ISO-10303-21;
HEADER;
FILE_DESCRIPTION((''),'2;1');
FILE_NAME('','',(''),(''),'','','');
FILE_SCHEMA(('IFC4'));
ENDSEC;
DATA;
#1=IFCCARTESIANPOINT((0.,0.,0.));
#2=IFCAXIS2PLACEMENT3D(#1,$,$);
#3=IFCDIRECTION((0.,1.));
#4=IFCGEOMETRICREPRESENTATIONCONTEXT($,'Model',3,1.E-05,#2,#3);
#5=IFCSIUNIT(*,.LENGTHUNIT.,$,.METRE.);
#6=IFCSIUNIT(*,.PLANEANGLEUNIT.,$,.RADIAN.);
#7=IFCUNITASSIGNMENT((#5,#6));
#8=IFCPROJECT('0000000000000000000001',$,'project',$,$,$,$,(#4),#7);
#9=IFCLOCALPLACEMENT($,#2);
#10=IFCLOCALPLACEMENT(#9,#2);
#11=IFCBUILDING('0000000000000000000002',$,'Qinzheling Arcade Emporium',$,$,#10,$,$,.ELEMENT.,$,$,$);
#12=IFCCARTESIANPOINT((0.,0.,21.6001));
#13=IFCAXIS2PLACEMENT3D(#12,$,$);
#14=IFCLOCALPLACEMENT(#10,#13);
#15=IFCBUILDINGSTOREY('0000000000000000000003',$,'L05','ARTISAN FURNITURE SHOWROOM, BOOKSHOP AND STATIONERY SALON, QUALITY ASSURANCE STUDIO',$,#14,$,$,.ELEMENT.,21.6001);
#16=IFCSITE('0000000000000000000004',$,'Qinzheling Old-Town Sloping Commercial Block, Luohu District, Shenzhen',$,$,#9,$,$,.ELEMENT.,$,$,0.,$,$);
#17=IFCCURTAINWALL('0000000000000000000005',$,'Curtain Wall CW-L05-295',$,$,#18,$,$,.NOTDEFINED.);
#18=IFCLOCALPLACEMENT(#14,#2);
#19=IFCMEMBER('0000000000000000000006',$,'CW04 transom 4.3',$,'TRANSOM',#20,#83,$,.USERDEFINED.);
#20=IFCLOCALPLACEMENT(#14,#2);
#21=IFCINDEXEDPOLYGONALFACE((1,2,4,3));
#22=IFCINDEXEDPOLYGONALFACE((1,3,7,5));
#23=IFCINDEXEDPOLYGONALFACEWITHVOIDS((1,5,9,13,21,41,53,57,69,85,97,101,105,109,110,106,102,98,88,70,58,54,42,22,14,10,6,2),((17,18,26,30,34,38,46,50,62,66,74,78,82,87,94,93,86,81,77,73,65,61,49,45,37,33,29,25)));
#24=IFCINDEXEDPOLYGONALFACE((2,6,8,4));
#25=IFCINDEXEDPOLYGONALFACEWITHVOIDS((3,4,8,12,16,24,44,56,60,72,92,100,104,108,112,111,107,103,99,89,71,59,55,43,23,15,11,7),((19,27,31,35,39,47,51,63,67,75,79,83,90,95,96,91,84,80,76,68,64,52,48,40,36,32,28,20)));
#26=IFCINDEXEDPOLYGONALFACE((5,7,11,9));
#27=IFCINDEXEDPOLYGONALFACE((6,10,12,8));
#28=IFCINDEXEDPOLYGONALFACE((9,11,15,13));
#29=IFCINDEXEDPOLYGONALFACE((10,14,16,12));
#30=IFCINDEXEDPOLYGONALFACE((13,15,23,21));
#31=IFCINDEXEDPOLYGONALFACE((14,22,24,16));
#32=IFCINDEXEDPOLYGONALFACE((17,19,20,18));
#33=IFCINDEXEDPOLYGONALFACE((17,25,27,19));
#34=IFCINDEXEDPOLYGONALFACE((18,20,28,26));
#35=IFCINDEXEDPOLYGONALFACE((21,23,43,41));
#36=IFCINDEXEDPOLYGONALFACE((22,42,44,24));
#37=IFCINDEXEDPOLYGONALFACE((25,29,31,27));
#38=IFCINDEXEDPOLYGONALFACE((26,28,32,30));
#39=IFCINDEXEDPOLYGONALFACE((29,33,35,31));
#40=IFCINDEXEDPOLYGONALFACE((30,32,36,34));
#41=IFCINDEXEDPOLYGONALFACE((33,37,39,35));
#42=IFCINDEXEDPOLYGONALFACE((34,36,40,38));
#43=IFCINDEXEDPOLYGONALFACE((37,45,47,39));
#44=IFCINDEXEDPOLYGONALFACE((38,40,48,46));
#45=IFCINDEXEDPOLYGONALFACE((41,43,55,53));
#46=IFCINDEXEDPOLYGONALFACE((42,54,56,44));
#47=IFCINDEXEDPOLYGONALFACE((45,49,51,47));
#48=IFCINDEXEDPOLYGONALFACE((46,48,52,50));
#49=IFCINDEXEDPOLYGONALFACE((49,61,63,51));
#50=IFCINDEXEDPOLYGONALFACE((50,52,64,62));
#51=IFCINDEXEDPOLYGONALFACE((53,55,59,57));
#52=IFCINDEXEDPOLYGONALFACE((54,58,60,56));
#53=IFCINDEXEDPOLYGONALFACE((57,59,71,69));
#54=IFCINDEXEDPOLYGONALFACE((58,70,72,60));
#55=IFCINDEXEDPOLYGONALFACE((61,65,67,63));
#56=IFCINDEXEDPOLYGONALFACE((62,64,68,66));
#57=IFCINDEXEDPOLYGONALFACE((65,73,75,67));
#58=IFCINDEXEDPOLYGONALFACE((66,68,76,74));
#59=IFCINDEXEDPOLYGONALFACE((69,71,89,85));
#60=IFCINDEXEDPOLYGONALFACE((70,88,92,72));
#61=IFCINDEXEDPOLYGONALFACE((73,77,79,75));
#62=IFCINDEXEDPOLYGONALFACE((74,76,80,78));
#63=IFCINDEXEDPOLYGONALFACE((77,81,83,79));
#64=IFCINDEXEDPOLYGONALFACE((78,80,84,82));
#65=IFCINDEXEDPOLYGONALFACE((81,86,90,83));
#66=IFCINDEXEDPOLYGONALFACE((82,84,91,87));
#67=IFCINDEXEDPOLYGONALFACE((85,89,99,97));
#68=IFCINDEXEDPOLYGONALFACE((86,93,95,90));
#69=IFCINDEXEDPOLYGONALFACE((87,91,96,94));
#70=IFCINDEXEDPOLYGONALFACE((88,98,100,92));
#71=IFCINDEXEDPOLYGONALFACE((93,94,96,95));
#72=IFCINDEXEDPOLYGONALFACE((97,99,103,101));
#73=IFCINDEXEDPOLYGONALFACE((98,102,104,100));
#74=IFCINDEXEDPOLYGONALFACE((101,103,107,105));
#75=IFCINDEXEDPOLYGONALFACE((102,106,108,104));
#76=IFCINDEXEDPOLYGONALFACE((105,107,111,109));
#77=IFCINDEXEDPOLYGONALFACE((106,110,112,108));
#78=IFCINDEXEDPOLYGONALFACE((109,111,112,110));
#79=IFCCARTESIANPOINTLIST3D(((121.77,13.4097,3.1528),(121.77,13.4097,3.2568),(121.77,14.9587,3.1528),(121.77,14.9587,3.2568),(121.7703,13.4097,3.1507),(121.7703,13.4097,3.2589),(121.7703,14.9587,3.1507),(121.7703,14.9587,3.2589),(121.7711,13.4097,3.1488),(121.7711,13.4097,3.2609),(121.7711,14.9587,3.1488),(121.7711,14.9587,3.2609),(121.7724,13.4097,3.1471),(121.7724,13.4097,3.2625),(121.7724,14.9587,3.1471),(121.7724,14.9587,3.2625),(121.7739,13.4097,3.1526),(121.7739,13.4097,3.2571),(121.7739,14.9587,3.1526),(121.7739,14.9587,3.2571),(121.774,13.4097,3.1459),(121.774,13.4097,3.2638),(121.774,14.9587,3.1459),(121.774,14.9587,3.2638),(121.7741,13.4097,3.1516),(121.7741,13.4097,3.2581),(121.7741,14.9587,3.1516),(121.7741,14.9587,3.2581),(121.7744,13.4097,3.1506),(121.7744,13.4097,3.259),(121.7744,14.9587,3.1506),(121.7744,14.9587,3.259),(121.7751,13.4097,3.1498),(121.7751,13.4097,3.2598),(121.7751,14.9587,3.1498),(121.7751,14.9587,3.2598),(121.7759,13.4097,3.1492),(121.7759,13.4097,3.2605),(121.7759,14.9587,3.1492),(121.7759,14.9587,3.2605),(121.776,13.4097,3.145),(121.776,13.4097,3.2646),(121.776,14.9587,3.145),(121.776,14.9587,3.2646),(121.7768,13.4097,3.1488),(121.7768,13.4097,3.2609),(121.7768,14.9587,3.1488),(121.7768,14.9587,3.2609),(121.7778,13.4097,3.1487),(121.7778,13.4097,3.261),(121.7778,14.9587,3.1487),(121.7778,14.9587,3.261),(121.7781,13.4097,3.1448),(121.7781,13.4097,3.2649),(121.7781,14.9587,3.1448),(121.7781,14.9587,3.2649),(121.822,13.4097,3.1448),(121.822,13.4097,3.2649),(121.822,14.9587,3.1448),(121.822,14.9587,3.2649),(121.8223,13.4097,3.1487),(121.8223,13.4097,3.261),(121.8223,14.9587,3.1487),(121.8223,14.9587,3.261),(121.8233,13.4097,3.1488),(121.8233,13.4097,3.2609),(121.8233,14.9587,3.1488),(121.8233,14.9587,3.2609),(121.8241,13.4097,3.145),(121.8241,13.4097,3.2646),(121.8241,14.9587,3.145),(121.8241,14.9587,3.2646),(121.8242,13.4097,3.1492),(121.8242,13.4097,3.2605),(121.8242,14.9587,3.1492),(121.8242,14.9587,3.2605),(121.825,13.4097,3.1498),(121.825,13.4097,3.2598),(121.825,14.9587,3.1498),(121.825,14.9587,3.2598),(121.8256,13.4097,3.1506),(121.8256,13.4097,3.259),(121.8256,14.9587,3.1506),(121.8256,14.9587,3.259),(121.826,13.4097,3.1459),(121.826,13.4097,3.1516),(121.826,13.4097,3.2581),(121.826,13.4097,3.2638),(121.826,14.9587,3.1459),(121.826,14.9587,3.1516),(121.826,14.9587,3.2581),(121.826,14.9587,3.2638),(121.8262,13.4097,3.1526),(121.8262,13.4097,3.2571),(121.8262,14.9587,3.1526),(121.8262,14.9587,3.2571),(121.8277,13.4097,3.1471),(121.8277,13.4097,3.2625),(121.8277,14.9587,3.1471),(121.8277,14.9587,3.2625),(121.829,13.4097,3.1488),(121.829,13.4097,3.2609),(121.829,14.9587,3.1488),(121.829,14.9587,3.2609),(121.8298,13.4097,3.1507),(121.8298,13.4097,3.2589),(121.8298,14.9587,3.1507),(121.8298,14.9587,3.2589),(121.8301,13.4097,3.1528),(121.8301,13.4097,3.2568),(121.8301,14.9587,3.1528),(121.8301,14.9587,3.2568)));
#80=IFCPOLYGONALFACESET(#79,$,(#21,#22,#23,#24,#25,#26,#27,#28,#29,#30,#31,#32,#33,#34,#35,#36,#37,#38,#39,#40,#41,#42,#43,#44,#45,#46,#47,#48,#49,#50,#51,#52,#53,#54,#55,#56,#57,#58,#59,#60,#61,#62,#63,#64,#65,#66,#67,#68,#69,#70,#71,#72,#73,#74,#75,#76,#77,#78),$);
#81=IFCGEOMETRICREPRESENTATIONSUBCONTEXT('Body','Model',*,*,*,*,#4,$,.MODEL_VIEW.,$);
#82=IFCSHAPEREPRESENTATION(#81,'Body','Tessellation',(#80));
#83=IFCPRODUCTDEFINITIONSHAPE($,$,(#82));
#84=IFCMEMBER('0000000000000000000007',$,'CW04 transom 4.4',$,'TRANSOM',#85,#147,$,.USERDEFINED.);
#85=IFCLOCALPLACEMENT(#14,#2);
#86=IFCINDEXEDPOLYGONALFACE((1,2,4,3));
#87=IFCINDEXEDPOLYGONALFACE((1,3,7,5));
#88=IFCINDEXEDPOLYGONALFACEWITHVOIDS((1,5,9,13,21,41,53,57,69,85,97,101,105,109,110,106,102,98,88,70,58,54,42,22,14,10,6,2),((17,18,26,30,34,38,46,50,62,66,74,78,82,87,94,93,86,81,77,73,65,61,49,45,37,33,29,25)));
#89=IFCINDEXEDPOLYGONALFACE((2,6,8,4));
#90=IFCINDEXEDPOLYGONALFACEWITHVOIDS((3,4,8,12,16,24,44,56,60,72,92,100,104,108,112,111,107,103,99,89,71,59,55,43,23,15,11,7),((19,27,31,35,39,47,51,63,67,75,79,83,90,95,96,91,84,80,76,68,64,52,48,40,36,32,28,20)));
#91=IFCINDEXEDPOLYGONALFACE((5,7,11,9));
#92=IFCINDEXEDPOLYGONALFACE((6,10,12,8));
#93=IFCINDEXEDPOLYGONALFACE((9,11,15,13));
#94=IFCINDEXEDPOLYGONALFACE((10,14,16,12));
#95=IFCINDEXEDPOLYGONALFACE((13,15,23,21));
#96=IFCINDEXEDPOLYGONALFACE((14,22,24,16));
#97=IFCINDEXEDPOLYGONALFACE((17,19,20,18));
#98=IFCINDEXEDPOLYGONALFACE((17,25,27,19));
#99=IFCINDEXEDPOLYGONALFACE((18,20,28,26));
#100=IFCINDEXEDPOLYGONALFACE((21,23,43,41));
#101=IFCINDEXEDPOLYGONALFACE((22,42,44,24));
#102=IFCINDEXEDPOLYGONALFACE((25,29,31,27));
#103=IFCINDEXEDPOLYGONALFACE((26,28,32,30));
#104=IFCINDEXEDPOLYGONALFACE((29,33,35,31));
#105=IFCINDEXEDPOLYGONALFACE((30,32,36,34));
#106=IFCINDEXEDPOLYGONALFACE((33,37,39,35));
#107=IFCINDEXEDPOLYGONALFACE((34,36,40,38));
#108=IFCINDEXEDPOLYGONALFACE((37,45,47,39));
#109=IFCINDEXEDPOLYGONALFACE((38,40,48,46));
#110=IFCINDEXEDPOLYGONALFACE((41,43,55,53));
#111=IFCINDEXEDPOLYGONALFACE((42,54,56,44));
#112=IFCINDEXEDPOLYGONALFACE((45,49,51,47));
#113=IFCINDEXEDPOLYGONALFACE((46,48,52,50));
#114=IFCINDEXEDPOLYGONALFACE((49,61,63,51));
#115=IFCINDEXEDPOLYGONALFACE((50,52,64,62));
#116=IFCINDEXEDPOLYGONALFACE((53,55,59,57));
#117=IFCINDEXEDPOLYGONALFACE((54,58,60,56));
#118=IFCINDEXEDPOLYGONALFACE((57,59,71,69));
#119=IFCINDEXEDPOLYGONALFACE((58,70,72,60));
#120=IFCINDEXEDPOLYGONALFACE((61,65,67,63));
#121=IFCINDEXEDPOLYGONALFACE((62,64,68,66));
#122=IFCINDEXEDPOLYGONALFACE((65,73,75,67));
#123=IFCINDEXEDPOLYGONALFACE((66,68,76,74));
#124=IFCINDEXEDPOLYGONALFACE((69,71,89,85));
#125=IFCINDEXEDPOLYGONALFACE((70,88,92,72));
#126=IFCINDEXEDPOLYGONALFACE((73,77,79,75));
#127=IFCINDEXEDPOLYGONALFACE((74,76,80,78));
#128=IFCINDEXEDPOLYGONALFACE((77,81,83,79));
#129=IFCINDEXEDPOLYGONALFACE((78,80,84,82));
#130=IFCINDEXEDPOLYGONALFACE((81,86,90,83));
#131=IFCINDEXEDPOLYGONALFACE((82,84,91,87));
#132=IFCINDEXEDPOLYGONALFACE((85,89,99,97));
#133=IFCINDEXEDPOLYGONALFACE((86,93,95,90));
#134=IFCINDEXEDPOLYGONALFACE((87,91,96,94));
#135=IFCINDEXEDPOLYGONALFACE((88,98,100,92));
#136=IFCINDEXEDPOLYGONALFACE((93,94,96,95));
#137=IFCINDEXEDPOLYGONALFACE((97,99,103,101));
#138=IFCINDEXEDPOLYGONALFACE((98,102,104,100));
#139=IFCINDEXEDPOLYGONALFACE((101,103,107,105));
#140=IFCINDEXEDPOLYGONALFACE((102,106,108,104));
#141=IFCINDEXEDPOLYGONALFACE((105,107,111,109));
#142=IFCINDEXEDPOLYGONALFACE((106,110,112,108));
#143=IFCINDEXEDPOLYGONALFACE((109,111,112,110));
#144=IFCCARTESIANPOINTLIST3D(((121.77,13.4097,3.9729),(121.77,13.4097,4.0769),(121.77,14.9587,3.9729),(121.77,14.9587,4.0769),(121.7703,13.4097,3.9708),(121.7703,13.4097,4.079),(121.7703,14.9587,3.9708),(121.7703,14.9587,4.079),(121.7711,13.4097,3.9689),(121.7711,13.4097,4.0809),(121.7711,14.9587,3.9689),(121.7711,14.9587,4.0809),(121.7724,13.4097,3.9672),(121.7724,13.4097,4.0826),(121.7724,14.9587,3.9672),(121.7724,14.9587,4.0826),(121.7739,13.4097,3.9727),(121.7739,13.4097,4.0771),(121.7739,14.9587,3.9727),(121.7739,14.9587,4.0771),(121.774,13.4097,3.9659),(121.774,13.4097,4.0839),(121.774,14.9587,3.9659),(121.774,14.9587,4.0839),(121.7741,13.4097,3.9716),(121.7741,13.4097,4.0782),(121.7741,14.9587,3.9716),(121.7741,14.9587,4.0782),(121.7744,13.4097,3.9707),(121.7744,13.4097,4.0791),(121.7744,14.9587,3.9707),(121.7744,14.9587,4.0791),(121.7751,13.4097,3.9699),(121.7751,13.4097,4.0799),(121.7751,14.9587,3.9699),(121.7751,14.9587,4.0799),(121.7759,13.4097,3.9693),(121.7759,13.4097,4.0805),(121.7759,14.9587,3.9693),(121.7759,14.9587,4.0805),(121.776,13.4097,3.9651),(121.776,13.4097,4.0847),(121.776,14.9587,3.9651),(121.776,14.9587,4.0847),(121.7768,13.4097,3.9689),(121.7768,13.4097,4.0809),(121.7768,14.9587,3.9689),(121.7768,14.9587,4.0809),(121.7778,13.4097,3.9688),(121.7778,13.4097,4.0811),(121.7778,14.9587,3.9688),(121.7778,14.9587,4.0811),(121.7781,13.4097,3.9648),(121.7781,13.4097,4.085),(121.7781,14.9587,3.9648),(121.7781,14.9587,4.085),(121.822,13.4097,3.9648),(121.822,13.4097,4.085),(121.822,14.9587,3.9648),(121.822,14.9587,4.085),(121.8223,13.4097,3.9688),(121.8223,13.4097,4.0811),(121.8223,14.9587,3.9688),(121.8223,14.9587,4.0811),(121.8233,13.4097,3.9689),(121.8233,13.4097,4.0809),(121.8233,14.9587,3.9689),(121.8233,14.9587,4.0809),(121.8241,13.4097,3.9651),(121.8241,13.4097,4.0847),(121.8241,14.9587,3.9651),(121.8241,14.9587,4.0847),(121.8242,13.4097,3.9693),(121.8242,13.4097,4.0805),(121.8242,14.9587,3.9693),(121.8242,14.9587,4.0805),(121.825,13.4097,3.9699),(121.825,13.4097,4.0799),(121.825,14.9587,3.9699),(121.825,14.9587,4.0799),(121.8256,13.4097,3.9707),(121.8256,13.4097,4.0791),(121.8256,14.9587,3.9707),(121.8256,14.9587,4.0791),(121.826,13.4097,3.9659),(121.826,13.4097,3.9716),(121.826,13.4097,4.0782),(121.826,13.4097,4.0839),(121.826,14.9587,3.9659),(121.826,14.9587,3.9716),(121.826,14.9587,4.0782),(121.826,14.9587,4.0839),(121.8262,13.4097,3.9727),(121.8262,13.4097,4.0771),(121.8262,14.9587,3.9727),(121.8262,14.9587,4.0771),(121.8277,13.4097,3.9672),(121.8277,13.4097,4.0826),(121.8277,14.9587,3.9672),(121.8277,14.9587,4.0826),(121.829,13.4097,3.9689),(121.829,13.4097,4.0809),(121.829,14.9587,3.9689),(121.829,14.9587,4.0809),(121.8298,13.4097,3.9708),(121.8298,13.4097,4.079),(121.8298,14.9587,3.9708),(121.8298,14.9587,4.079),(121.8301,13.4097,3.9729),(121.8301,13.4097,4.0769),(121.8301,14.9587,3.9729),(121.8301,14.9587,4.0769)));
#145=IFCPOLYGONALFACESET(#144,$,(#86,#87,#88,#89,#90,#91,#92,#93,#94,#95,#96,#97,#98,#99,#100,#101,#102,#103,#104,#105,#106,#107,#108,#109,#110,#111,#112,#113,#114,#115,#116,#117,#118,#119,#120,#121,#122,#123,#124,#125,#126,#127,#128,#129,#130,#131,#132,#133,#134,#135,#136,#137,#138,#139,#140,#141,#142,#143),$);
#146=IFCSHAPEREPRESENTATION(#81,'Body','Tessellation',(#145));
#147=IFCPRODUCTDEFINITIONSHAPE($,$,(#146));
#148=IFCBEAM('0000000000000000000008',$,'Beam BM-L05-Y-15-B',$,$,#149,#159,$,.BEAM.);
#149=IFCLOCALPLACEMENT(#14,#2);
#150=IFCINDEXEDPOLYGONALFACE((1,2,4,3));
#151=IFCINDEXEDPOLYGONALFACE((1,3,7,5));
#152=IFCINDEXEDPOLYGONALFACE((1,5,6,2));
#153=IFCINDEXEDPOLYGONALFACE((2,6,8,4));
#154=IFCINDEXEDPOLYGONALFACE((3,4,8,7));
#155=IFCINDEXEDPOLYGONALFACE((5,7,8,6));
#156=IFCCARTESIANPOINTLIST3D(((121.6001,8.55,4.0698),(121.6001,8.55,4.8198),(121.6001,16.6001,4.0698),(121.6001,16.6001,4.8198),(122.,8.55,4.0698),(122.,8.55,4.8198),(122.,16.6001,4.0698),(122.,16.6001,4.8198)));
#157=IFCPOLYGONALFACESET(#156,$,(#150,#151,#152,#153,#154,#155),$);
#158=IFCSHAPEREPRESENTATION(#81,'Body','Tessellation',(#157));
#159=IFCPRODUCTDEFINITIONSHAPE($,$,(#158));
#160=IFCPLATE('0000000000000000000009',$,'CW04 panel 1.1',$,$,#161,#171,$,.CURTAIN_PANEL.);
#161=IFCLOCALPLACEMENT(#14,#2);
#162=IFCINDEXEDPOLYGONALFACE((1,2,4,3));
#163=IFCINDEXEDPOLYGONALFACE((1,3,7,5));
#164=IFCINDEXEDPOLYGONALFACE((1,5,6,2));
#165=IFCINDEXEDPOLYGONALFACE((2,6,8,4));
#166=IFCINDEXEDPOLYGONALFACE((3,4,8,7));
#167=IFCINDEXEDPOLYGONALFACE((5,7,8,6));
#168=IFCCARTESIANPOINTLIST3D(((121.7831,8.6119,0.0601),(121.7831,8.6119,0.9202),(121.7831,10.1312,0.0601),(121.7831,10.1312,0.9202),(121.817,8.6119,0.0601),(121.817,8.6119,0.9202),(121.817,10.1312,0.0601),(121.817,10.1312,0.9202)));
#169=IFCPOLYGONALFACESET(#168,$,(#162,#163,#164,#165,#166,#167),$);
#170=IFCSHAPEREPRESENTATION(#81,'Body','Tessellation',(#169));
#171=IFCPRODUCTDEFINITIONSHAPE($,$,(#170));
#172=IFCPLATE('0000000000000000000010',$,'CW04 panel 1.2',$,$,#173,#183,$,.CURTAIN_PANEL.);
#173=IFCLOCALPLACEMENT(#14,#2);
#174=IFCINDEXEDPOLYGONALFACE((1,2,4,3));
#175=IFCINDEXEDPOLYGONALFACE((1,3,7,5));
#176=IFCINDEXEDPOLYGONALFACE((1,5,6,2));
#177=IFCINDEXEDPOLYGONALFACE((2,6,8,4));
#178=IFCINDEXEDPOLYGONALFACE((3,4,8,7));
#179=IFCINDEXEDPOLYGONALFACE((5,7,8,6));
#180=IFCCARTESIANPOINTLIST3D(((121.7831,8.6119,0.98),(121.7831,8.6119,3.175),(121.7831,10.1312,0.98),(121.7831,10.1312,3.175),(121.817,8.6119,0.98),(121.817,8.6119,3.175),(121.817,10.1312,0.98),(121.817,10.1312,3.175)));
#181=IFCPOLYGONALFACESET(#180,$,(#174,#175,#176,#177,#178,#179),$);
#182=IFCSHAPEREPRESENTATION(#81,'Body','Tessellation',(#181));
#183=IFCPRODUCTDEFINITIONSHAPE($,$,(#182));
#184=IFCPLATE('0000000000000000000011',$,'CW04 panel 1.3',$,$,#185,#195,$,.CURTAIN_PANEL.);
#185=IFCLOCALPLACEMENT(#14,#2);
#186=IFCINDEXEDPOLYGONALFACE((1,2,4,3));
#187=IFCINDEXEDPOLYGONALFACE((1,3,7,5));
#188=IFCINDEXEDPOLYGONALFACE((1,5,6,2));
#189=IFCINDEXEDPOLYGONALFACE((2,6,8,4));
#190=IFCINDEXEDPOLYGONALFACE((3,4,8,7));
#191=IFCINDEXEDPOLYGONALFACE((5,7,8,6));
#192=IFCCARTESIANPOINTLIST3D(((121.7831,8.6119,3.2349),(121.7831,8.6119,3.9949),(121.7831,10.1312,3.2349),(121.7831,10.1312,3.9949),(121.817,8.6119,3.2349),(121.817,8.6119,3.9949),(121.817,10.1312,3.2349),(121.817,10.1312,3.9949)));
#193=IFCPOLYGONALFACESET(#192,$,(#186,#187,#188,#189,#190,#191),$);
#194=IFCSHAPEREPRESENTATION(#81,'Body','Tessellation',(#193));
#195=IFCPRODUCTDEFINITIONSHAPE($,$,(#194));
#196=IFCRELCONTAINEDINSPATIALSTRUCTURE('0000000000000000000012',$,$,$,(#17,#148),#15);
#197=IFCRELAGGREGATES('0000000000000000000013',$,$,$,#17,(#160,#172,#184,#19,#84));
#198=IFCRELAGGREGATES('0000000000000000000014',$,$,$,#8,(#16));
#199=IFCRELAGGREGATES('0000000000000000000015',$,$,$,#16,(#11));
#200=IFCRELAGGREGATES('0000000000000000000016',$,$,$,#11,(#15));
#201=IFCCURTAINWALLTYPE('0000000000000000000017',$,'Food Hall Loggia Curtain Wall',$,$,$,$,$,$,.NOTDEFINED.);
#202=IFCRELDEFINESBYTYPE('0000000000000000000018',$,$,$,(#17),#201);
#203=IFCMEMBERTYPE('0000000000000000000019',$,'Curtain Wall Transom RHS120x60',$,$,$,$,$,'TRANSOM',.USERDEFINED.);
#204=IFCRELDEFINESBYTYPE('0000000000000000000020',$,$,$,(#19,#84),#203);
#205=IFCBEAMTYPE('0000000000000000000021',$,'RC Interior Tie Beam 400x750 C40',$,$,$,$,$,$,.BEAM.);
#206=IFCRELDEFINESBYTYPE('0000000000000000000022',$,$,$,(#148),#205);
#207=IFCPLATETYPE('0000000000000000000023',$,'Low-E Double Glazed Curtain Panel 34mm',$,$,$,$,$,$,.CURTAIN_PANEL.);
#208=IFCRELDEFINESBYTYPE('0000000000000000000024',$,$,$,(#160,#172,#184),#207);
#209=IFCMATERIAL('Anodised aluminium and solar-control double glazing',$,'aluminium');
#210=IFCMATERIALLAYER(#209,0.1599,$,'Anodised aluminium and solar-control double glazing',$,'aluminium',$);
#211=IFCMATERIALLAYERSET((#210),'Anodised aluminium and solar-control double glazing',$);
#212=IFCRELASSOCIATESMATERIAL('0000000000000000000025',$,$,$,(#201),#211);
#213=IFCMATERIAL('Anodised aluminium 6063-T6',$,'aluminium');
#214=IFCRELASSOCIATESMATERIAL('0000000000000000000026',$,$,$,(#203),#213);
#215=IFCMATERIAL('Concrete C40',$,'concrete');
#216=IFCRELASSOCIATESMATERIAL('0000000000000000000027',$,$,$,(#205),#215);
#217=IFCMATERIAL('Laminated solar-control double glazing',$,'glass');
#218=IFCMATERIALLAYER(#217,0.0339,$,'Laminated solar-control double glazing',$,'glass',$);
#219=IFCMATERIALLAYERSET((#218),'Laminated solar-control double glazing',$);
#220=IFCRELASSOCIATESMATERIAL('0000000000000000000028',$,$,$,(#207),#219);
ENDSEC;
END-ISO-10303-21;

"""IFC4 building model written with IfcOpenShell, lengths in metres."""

from ifc_helpers import new_model, si_unit, direction, frame, origin, origin_2d, place, context, subcontext, project, spatial, rectangle, hollow_rectangle, extrude, material, layer, layer_set, material_profile, profile_set, type_object, element, aggregate, save


model = new_model("IFC4")

# Units and contexts
model_context = context("Model", 3, precision=1e-05, world=origin(), true_north=direction((0.0, 1.0)))
body_context = subcontext(model_context, "Body", "Model", "MODEL_VIEW")
ifc_project = project(units=[si_unit("LENGTHUNIT", "METRE"), si_unit("PLANEANGLEUNIT", "RADIAN")], contexts=[model_context])

# Site, building, storey
site_placement = place(None, origin())
site = spatial("IfcSite", under=ifc_project, at=site_placement, Name="Qinzheling Old-Town Sloping Commercial Block, Luohu District, Shenzhen", CompositionType="ELEMENT", RefElevation=0.0)
building_placement = place(site_placement, origin())
building = spatial("IfcBuilding", under=site, at=building_placement, Name="Qinzheling Arcade Emporium", CompositionType="ELEMENT")
storey_placement = place(building_placement, frame((0.0, 0.0, 21.6001)))
storey = spatial("IfcBuildingStorey", under=building, at=storey_placement, Name="L05", Description="ARTISAN FURNITURE SHOWROOM, BOOKSHOP AND STATIONERY SALON, QUALITY ASSURANCE STUDIO", CompositionType="ELEMENT", Elevation=21.6001)

# Curtain wall, members
ifc_material_1 = material(Name="Anodised aluminium and solar-control double glazing", Category="aluminium")
ifc_layer_1 = layer(ifc_material_1, 0.1599, Name="Anodised aluminium and solar-control double glazing", Category="aluminium")
ifc_layer_set_1 = layer_set([ifc_layer_1], Name="Anodised aluminium and solar-control double glazing")
curtain_wall_type = type_object("IfcCurtainWallType", Name="Food Hall Loggia Curtain Wall", PredefinedType="NOTDEFINED", material=ifc_layer_set_1)
curtain_wall_placement = place(storey_placement, origin())
curtain_wall = element("IfcCurtainWall", 1, at=curtain_wall_placement, inside=storey, type_object=curtain_wall_type, Name="Curtain Wall CW-L05-295", PredefinedType="NOTDEFINED")
ifc_material_2 = material(Name="Anodised aluminium 6063-T6", Category="aluminium")
ifc_material_profile_1 = material_profile(ifc_material_2, hollow_rectangle(XDim=0.0601, YDim=0.1201, WallThickness=0.0039, InnerFilletRadius=0.0039, OuterFilletRadius=0.0081, at=origin_2d()), Name="RHS 120x60x4", Category="aluminium")
ifc_profile_set_1 = profile_set([ifc_material_profile_1], Name="Anodised aluminium 6063-T6")
member_type_1 = type_object("IfcMemberType", Name="Curtain Wall Transom RHS120x60", ElementType="TRANSOM", PredefinedType="USERDEFINED", material=ifc_profile_set_1)
member_1_placement = place(storey_placement, frame((121.8, 13.4097, 3.2048), z_axis=(0.0, 1.0, 0.0), x_axis=(-1.0, 0.0, 0.0)))
member_1 = element("IfcMember", 2, at=member_1_placement, type_object=member_type_1, Name="CW04 transom 4.3", ObjectType="TRANSOM", PredefinedType="USERDEFINED", context=body_context, shape_type="SweptSolid", body=[
    extrude(hollow_rectangle(XDim=0.0601, YDim=0.1201, WallThickness=0.0039, InnerFilletRadius=0.0039, OuterFilletRadius=0.0081, at=origin_2d()), origin(), (0.0, 0.0, 1.0), 1.5491),
])
member_2_placement = place(storey_placement, frame((121.8, 13.4097, 4.0249), z_axis=(0.0, 1.0, 0.0), x_axis=(-1.0, 0.0, 0.0)))
member_2 = element("IfcMember", 3, at=member_2_placement, type_object=member_type_1, Name="CW04 transom 4.4", ObjectType="TRANSOM", PredefinedType="USERDEFINED", context=body_context, shape_type="SweptSolid", body=[
    extrude(hollow_rectangle(XDim=0.0601, YDim=0.1201, WallThickness=0.0039, InnerFilletRadius=0.0039, OuterFilletRadius=0.0081, at=origin_2d()), origin(), (0.0, 0.0, 1.0), 1.5491),
])

# Beam
ifc_material_3 = material(Name="Concrete C40", Category="concrete")
ifc_material_profile_2 = material_profile(ifc_material_3, rectangle(XDim=0.3999, YDim=0.75, at=origin_2d()), Name="RC 400x750", Category="concrete")
ifc_profile_set_2 = profile_set([ifc_material_profile_2], Name="Concrete C40")
beam_type = type_object("IfcBeamType", Name="RC Interior Tie Beam 400x750 C40", PredefinedType="BEAM", material=ifc_profile_set_2)
beam_placement = place(storey_placement, frame((121.8, 8.55, 4.4448), z_axis=(0.0, 1.0, 0.0), x_axis=(-1.0, 0.0, 0.0)))
element("IfcBeam", 4, at=beam_placement, inside=storey, type_object=beam_type, Name="Beam BM-L05-Y-15-B", PredefinedType="BEAM", context=body_context, shape_type="SweptSolid", body=[
    extrude(rectangle(XDim=0.3999, YDim=0.75, at=origin_2d()), origin(), (0.0, 0.0, 1.0), 8.05),
])

# Plates
ifc_material_4 = material(Name="Laminated solar-control double glazing", Category="glass")
ifc_layer_2 = layer(ifc_material_4, 0.0339, Name="Laminated solar-control double glazing", Category="glass")
ifc_layer_set_2 = layer_set([ifc_layer_2], Name="Laminated solar-control double glazing")
plate_type = type_object("IfcPlateType", Name="Low-E Double Glazed Curtain Panel 34mm", PredefinedType="CURTAIN_PANEL", material=ifc_layer_set_2)
plate_1_placement = place(storey_placement, frame((121.8, 9.3716, 0.0601), z_axis=(0.0, 0.0, 1.0), x_axis=(0.0, 1.0, 0.0)))
plate_1 = element("IfcPlate", 5, at=plate_1_placement, type_object=plate_type, Name="CW04 panel 1.1", PredefinedType="CURTAIN_PANEL", context=body_context, shape_type="SweptSolid", body=[
    extrude(rectangle(XDim=1.5193, YDim=0.0339, at=origin_2d()), origin(), (0.0, 0.0, 1.0), 0.8601),
])
plate_2_placement = place(storey_placement, frame((121.8, 9.3716, 0.98), z_axis=(0.0, 0.0, 1.0), x_axis=(0.0, 1.0, 0.0)))
plate_2 = element("IfcPlate", 6, at=plate_2_placement, type_object=plate_type, Name="CW04 panel 1.2", PredefinedType="CURTAIN_PANEL", context=body_context, shape_type="SweptSolid", body=[
    extrude(rectangle(XDim=1.5193, YDim=0.0339, at=origin_2d()), origin(), (0.0, 0.0, 1.0), 2.1951),
])
plate_3_placement = place(storey_placement, frame((121.8, 9.3716, 3.2349), z_axis=(0.0, 0.0, 1.0), x_axis=(0.0, 1.0, 0.0)))
plate_3 = element("IfcPlate", 7, at=plate_3_placement, type_object=plate_type, Name="CW04 panel 1.3", PredefinedType="CURTAIN_PANEL", context=body_context, shape_type="SweptSolid", body=[
    extrude(rectangle(XDim=1.5193, YDim=0.0339, at=origin_2d()), origin(), (0.0, 0.0, 1.0), 0.76),
])
aggregate(curtain_wall, [plate_1, plate_2, plate_3, member_1, member_2])

save(model, "model.ifc")
